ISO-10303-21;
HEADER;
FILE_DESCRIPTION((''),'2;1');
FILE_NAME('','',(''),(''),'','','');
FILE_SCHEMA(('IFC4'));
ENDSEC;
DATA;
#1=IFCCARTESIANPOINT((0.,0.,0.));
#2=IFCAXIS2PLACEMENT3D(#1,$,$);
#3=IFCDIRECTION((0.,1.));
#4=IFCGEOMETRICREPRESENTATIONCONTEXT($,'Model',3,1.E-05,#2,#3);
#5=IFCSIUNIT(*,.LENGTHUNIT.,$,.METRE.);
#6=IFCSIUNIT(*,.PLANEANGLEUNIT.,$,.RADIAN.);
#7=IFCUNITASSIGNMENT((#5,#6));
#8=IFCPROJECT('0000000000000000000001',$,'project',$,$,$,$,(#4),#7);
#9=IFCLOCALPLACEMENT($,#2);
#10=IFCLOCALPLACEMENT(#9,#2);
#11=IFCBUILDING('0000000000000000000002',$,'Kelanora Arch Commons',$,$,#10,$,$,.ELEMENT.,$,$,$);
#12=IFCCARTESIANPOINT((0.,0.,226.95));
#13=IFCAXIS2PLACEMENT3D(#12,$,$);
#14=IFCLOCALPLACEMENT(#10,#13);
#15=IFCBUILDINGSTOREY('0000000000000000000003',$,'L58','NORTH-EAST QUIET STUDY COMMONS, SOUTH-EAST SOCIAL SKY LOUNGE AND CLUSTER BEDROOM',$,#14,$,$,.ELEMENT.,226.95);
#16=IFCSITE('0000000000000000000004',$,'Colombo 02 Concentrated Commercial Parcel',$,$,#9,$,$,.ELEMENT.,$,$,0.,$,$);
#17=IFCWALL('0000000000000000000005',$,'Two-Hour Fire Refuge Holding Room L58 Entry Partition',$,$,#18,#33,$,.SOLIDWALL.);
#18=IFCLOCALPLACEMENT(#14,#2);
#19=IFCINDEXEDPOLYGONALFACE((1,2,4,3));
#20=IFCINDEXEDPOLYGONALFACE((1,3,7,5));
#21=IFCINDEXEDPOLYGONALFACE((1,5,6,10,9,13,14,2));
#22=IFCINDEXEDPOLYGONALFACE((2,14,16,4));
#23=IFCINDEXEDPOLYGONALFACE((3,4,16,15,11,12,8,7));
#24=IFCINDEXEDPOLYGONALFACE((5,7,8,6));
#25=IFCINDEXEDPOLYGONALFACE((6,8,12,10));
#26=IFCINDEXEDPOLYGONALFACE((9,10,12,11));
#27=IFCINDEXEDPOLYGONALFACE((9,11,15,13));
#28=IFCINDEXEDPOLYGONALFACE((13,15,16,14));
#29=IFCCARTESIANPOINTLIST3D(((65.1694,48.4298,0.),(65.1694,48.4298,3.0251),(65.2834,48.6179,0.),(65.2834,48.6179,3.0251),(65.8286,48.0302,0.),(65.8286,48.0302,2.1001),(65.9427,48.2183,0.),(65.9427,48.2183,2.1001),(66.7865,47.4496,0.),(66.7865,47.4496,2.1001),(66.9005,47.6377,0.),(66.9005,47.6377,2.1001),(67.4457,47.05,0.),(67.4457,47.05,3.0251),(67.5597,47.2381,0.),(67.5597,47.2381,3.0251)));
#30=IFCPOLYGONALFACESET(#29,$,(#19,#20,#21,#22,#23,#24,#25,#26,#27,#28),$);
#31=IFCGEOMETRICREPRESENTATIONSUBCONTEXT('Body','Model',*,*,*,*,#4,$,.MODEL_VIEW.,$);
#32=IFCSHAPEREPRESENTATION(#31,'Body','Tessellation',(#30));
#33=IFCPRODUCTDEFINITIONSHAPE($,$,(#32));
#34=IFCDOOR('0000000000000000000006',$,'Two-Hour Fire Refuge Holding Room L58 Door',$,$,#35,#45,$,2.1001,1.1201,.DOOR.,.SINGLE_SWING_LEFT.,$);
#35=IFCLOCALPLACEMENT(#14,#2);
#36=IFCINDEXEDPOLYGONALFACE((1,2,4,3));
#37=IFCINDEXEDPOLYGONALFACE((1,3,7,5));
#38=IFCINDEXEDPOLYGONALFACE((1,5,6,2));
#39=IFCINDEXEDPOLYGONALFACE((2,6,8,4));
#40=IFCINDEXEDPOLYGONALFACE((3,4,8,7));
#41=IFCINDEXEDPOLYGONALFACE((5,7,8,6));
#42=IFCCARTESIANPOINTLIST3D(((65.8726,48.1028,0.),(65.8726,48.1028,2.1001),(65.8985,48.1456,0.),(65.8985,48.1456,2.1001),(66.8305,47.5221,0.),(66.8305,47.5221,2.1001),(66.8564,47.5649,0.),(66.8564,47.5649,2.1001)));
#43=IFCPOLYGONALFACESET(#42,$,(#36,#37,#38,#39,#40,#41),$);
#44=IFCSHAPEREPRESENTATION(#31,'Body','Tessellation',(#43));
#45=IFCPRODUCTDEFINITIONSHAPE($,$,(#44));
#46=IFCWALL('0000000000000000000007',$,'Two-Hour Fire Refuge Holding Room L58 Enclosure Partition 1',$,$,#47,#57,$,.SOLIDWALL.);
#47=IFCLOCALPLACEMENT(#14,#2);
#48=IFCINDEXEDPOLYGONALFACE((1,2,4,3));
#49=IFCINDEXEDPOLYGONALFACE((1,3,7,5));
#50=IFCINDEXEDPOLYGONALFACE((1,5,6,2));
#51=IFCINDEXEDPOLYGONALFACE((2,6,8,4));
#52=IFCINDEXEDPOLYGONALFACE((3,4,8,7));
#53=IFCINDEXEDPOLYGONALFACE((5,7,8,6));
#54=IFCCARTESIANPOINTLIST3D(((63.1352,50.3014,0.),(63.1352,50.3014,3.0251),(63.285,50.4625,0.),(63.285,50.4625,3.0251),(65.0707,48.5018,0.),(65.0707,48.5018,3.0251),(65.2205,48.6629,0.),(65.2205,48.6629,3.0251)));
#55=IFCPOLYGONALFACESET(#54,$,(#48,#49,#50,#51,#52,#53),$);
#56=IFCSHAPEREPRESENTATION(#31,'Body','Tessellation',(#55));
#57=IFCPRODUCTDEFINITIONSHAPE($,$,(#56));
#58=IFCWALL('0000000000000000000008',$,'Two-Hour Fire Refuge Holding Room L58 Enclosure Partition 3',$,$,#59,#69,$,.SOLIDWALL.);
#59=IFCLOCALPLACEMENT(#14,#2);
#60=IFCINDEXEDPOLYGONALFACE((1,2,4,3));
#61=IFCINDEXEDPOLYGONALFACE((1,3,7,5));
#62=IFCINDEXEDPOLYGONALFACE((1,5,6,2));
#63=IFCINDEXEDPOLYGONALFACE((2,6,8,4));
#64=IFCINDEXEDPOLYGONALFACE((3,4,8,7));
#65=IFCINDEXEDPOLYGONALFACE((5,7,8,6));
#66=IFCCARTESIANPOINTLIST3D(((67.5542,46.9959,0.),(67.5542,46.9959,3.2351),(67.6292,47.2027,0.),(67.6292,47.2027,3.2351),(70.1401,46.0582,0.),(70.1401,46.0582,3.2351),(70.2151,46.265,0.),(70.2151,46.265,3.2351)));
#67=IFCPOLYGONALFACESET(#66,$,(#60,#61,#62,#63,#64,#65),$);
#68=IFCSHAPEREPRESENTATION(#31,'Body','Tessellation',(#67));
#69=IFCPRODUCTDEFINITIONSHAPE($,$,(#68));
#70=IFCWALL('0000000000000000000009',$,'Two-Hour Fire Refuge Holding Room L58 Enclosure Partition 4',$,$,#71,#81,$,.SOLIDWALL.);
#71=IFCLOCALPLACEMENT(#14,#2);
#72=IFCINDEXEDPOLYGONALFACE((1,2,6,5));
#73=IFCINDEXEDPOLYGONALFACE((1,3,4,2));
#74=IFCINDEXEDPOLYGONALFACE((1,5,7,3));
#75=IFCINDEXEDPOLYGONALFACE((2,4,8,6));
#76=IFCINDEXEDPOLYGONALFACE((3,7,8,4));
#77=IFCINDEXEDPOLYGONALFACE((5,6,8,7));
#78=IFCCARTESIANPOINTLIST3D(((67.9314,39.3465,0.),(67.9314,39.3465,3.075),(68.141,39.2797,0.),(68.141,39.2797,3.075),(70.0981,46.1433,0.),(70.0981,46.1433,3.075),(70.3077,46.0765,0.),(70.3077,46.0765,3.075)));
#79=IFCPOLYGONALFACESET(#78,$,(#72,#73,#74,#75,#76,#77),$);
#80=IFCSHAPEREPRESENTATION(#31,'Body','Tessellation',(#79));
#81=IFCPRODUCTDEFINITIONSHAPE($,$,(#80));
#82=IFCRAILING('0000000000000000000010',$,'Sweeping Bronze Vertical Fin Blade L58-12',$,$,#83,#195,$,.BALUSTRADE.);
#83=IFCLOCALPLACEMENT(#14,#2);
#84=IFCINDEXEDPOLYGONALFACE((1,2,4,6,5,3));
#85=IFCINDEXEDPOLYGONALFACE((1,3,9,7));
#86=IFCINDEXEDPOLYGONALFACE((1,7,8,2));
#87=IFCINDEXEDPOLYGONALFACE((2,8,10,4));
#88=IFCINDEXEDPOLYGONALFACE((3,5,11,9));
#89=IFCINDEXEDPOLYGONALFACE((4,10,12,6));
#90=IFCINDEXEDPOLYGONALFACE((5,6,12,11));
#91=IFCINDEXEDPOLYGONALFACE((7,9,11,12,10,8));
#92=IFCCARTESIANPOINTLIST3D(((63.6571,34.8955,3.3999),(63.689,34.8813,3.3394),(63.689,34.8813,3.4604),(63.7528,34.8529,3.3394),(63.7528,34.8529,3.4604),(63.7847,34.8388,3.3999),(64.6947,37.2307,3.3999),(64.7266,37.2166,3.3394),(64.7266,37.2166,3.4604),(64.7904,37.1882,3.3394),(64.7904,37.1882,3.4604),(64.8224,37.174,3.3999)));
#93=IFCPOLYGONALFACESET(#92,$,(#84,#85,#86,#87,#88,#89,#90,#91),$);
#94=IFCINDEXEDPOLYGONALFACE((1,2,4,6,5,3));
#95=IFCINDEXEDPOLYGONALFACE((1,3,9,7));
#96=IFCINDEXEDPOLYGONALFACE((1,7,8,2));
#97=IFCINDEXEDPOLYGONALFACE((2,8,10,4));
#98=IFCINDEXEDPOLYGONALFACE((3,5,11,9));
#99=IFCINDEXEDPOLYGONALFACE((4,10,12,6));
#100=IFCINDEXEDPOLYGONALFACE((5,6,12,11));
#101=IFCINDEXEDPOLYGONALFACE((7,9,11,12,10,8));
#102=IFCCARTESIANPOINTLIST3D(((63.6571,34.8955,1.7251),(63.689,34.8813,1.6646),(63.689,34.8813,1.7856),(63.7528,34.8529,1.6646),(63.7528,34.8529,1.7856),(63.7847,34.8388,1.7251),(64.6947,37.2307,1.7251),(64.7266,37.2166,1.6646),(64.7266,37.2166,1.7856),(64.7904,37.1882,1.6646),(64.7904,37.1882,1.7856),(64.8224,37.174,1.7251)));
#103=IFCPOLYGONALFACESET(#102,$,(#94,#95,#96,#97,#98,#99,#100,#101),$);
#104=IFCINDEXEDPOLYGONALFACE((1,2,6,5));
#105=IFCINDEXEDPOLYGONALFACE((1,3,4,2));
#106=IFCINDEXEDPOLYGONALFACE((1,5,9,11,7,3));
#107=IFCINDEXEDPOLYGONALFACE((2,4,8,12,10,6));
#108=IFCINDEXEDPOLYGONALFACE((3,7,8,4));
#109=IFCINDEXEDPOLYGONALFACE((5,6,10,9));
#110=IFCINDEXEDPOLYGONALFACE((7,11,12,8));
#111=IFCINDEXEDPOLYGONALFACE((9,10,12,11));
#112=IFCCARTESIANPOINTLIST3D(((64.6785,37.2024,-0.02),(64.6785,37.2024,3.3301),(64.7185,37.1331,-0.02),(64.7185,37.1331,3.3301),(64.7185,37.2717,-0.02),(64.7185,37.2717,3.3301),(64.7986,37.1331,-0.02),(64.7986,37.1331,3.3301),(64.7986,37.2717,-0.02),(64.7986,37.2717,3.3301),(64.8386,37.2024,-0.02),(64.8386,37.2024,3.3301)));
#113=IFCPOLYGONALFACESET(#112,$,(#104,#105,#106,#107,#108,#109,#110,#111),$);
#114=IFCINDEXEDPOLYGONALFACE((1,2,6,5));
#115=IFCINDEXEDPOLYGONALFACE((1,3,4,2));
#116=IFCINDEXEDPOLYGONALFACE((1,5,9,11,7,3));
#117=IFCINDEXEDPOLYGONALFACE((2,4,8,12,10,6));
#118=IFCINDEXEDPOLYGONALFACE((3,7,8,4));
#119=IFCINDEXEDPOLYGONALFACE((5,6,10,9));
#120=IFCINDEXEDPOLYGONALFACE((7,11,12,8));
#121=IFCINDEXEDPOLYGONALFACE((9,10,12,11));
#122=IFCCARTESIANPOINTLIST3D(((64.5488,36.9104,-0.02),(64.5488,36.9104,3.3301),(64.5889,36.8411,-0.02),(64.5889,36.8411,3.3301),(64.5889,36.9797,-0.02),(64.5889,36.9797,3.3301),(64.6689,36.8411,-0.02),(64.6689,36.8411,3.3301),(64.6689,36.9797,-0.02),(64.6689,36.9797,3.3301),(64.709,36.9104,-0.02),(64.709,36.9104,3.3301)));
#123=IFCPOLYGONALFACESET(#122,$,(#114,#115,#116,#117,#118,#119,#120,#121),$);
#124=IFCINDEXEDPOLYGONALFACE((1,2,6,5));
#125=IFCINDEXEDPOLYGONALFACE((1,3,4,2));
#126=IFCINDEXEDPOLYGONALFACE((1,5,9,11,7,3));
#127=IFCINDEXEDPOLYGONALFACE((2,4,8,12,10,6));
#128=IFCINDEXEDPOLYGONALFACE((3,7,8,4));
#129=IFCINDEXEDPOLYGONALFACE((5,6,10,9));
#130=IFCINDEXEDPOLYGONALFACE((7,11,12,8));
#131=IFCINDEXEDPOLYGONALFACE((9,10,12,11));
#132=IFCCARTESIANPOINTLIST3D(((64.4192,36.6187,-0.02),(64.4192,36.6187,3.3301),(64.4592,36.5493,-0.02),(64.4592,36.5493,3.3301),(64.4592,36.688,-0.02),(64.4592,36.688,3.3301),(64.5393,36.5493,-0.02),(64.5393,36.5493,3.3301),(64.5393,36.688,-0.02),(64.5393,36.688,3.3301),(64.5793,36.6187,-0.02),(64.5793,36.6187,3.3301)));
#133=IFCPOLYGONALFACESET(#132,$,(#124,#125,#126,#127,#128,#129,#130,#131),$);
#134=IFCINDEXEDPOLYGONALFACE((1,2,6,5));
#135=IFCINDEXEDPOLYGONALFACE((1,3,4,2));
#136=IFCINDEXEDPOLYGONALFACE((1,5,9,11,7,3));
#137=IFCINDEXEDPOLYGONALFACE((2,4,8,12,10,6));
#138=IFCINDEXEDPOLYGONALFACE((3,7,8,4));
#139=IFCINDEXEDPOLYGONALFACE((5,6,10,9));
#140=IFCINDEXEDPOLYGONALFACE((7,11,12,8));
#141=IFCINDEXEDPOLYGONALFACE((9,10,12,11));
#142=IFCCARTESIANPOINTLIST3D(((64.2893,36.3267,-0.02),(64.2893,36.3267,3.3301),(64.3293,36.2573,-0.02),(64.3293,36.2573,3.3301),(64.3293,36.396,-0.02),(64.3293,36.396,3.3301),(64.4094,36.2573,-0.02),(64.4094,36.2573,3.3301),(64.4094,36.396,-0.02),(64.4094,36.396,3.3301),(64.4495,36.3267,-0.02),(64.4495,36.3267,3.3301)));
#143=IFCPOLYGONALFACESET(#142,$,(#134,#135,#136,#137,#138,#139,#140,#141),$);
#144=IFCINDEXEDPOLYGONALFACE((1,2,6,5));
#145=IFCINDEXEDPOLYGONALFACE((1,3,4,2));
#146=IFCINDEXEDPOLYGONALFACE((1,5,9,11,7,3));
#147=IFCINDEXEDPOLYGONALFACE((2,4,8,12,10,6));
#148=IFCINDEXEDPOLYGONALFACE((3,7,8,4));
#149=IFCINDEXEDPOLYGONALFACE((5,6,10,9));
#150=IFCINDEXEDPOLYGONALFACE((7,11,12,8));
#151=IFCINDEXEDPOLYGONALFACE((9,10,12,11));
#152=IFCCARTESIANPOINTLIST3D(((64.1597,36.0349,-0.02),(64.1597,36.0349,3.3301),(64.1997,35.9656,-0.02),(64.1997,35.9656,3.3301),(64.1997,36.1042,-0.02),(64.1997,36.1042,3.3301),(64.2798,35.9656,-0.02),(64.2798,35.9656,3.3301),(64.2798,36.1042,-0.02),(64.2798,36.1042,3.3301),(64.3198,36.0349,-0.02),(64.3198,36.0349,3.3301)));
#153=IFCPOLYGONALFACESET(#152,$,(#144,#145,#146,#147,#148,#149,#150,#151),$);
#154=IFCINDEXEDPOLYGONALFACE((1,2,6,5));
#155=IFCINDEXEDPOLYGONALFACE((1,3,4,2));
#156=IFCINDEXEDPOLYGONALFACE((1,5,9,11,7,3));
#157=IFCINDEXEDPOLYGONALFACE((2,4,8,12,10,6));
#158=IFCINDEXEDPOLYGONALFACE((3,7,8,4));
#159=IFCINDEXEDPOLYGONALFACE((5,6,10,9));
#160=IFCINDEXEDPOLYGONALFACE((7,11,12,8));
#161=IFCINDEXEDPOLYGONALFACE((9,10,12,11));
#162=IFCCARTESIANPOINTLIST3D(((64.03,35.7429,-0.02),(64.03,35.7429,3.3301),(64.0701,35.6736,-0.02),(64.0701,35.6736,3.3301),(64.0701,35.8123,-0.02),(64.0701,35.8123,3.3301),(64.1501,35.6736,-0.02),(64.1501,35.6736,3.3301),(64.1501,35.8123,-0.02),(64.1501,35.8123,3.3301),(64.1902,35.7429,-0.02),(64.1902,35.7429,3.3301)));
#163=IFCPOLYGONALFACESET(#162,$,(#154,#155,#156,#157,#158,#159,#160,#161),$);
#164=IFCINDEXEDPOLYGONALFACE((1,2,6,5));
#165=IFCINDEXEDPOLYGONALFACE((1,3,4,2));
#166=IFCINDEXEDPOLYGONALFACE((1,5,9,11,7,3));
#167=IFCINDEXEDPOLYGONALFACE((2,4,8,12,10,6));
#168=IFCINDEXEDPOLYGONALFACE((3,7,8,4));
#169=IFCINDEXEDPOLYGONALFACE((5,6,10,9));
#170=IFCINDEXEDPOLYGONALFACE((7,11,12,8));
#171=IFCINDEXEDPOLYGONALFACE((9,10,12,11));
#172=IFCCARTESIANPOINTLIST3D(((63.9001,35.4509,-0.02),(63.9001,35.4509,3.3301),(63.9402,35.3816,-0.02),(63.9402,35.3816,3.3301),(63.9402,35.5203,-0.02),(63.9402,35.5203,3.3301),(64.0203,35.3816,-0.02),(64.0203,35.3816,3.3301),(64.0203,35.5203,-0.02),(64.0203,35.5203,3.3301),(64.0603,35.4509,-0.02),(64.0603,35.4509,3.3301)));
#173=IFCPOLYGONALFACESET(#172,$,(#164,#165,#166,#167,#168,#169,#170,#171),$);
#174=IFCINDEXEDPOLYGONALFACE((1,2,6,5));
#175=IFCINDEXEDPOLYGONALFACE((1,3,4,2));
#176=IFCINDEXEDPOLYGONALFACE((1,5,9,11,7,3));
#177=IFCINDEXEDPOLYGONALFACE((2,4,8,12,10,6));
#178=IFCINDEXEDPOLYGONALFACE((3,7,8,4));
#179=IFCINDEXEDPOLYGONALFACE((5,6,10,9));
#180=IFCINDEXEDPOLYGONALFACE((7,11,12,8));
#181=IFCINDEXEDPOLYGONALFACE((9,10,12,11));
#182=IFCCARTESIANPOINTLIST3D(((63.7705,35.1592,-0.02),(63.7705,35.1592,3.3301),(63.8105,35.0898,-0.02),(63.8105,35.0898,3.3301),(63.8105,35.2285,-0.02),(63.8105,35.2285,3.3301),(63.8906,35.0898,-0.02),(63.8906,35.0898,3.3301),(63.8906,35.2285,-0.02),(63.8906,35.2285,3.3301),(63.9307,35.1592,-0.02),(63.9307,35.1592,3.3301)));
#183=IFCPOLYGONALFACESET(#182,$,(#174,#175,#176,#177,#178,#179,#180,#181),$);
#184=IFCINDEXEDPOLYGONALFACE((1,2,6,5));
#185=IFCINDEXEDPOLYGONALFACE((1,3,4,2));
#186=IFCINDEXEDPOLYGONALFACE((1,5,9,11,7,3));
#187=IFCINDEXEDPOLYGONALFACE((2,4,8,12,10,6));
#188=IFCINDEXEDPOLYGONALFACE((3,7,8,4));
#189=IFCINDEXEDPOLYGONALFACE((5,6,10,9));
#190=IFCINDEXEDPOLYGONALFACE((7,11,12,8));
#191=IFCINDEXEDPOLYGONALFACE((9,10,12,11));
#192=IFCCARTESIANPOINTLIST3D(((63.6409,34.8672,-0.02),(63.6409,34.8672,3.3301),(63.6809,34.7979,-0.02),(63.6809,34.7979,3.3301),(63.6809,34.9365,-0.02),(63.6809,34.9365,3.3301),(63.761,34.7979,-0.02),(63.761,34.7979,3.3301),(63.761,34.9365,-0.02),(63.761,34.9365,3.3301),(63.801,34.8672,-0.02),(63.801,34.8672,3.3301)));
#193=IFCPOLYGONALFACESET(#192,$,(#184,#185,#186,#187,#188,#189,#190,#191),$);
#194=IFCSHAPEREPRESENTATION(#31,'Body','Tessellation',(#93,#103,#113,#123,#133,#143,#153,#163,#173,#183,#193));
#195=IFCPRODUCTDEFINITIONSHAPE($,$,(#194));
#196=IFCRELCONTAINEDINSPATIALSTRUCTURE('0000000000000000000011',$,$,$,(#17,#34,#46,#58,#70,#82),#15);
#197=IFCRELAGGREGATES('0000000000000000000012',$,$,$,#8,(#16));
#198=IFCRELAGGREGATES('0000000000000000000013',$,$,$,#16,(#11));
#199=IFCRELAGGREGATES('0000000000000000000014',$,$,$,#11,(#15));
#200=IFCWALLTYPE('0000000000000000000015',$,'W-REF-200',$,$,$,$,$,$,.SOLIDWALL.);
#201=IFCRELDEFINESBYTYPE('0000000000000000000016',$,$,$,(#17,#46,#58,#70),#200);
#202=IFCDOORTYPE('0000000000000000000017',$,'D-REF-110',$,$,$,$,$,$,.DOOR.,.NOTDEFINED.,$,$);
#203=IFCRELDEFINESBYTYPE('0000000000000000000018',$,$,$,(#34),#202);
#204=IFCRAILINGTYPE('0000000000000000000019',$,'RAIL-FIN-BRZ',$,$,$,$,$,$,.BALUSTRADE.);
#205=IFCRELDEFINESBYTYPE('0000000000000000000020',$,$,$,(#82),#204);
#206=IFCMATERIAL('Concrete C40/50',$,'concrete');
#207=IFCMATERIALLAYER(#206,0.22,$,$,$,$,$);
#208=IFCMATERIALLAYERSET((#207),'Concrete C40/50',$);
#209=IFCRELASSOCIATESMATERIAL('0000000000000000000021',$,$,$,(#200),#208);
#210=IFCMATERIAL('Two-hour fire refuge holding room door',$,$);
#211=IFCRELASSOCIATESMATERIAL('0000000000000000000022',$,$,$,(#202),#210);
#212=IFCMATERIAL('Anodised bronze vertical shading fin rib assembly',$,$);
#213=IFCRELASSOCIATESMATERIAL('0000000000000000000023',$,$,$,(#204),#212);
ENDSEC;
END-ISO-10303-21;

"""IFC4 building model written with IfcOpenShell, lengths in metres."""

from ifc_helpers import new_model, si_unit, direction, frame, frame_2d, origin, place, context, subcontext, project, spatial, polyline, rectangle, outline, extrude, material, layer, layer_set, type_object, element, fill, save


model = new_model("IFC4")

# Units and contexts
model_context = context("Model", 3, precision=1e-05, world=origin(), true_north=direction((0.0, 1.0)))
body_context = subcontext(model_context, "Body", "Model", "MODEL_VIEW")
ifc_project = project(units=[si_unit("LENGTHUNIT", "METRE"), si_unit("PLANEANGLEUNIT", "RADIAN")], contexts=[model_context])

# Site, building, storey
site_placement = place(None, origin())
site = spatial("IfcSite", under=ifc_project, at=site_placement, Name="Colombo 02 Concentrated Commercial Parcel", CompositionType="ELEMENT", RefElevation=0.0)
building_placement = place(site_placement, origin())
building = spatial("IfcBuilding", under=site, at=building_placement, Name="Kelanora Arch Commons", CompositionType="ELEMENT")
storey_placement = place(building_placement, frame((0.0, 0.0, 226.95)))
storey = spatial("IfcBuildingStorey", under=building, at=storey_placement, Name="L58", Description="NORTH-EAST QUIET STUDY COMMONS, SOUTH-EAST SOCIAL SKY LOUNGE AND CLUSTER BEDROOM", CompositionType="ELEMENT", Elevation=226.95)

# Wall, opening, door
ifc_material_1 = material(Name="Concrete C40/50", Category="concrete")
ifc_layer_1 = layer(ifc_material_1, 0.22)
ifc_layer_set_1 = layer_set([ifc_layer_1], Name="Concrete C40/50")
wall_type_1 = type_object("IfcWallType", Name="W-REF-200", PredefinedType="SOLIDWALL", material=ifc_layer_set_1)
wall_1_placement = place(storey_placement, frame((65.2263, 48.5239, 0.0), z_axis=(0.0, 0.0, 1.0), x_axis=(0.855153, -0.518375, 0.0)))
wall_1 = element("IfcWall", 1, at=wall_1_placement, inside=storey, type_object=wall_type_1, Name="Two-Hour Fire Refuge Holding Room L58 Entry Partition", PredefinedType="SOLIDWALL", context=body_context, shape_type="SweptSolid", body=[
    extrude(rectangle(XDim=2.6619, YDim=0.22, at=frame_2d((1.3311, 0.0))), origin(), (0.0, 0.0, 1.0), 3.0251),
])
opening_1_placement = place(wall_1_placement, frame((0.771, 0.0, 0.0)))
opening_1 = element("IfcOpeningElement", 2, at=opening_1_placement, cuts=wall_1, PredefinedType="OPENING", context=body_context, shape_type="SweptSolid", body=[
    extrude(rectangle(XDim=1.1201, YDim=2.1001, at=frame_2d((0.5601, 1.05))), frame((0.0, 0.1201, 0.0), z_axis=(0.0, -1.0, 0.0), x_axis=(1.0, 0.0, 0.0)), (0.0, 0.0, 1.0), 0.24),
])
ifc_material_2 = material(Name="Two-hour fire refuge holding room door")
door_type = type_object("IfcDoorType", Name="D-REF-110", OperationType="NOTDEFINED", PredefinedType="DOOR", material=ifc_material_2)
door_placement = place(opening_1_placement, origin())
door = element("IfcDoor", 3, at=door_placement, inside=storey, type_object=door_type, Name="Two-Hour Fire Refuge Holding Room L58 Door", OperationType="SINGLE_SWING_LEFT", OverallHeight=2.1001, OverallWidth=1.1201, PredefinedType="DOOR", context=body_context, shape_type="SweptSolid", body=[
    extrude(rectangle(XDim=1.1201, YDim=2.1001, at=frame_2d((0.5601, 1.05))), frame((0.0, 0.0249, 0.0), z_axis=(0.0, -1.0, 0.0), x_axis=(1.0, 0.0, 0.0)), (0.0, 0.0, 1.0), 0.05),
])
fill(opening_1, door)

# Walls
wall_2_placement = place(storey_placement, frame((63.2102, 50.3818, 0.0), z_axis=(0.0, 0.0, 1.0), x_axis=(0.732366, -0.680912, 0.0)))
element("IfcWall", 4, at=wall_2_placement, inside=storey, type_object=wall_type_1, Name="Two-Hour Fire Refuge Holding Room L58 Enclosure Partition 1", PredefinedType="SOLIDWALL", context=body_context, shape_type="SweptSolid", body=[
    extrude(rectangle(XDim=2.6428, YDim=0.22, at=frame_2d((1.3213, 0.0))), origin(), (0.0, 0.0, 1.0), 3.0251),
])
wall_3_placement = place(storey_placement, frame((67.5916, 47.0994, 0.0), z_axis=(0.0, 0.0, 1.0), x_axis=(0.940096, -0.340909, 0.0)))
element("IfcWall", 5, at=wall_3_placement, inside=storey, type_object=wall_type_1, Name="Two-Hour Fire Refuge Holding Room L58 Enclosure Partition 3", PredefinedType="SOLIDWALL", context=body_context, shape_type="SweptSolid", body=[
    extrude(rectangle(XDim=2.7507, YDim=0.22, at=frame_2d((1.3755, 0.0))), origin(), (0.0, 0.0, 1.0), 3.2351),
])
wall_4_placement = place(storey_placement, frame((70.2029, 46.1099, 0.0), z_axis=(0.0, 0.0, 1.0), x_axis=(-0.303726, -0.952759, 0.0)))
element("IfcWall", 6, at=wall_4_placement, inside=storey, type_object=wall_type_1, Name="Two-Hour Fire Refuge Holding Room L58 Enclosure Partition 4", PredefinedType="SOLIDWALL", context=body_context, shape_type="SweptSolid", body=[
    extrude(rectangle(XDim=7.1338, YDim=0.22, at=frame_2d((3.5669, 0.0))), origin(), (0.0, 0.0, 1.0), 3.075),
])

# Railing
ifc_material_3 = material(Name="Anodised bronze vertical shading fin rib assembly")
railing_type = type_object("IfcRailingType", Name="RAIL-FIN-BRZ", PredefinedType="BALUSTRADE", material=ifc_material_3)
railing_placement = place(storey_placement, frame((64.7585, 37.2024, -0.02)))
element("IfcRailing", 7, at=railing_placement, inside=storey, type_object=railing_type, Name="Sweeping Bronze Vertical Fin Blade L58-12", PredefinedType="BALUSTRADE", context=body_context, shape_type="SweptSolid", body=[
    extrude(outline(polyline([(0.0698, 0.0), (0.0349, 0.0605), (-0.0349, 0.0605), (-0.0698, 0.0), (-0.0349, -0.0605), (0.0349, -0.0605), (0.0698, 0.0)])), frame((0.0, 0.0, 3.4199), z_axis=(-0.40605, -0.913851, 0.0), x_axis=(0.913851, -0.40605, 0.0)), (0.0, 0.0, 1.0), 2.5554),
    extrude(outline(polyline([(0.0698, 0.0), (0.0349, 0.0605), (-0.0349, 0.0605), (-0.0698, 0.0), (-0.0349, -0.0605), (0.0349, -0.0605), (0.0698, 0.0)])), frame((0.0, 0.0, 1.7451), z_axis=(-0.40605, -0.913851, 0.0), x_axis=(0.913851, -0.40605, 0.0)), (0.0, 0.0, 1.0), 2.5554),
    extrude(outline(polyline([(0.0801, 0.0), (0.04, 0.0693), (-0.04, 0.0693), (-0.0801, 0.0), (-0.04, -0.0693), (0.04, -0.0693), (0.0801, 0.0)])), origin(), (0.0, 0.0, 1.0), 3.3501),
    extrude(outline(polyline([(0.0801, 0.0), (0.04, 0.0693), (-0.04, 0.0693), (-0.0801, 0.0), (-0.04, -0.0693), (0.04, -0.0693), (0.0801, 0.0)])), frame((-0.1296, -0.292, 0.0)), (0.0, 0.0, 1.0), 3.3501),
    extrude(outline(polyline([(0.0801, 0.0), (0.04, 0.0693), (-0.04, 0.0693), (-0.0801, 0.0), (-0.04, -0.0693), (0.04, -0.0693), (0.0801, 0.0)])), frame((-0.2593, -0.5837, 0.0)), (0.0, 0.0, 1.0), 3.3501),
    extrude(outline(polyline([(0.0801, 0.0), (0.04, 0.0693), (-0.04, 0.0693), (-0.0801, 0.0), (-0.04, -0.0693), (0.04, -0.0693), (0.0801, 0.0)])), frame((-0.3892, -0.8757, 0.0)), (0.0, 0.0, 1.0), 3.3501),
    extrude(outline(polyline([(0.0801, 0.0), (0.04, 0.0693), (-0.04, 0.0693), (-0.0801, 0.0), (-0.04, -0.0693), (0.04, -0.0693), (0.0801, 0.0)])), frame((-0.5188, -1.1675, 0.0)), (0.0, 0.0, 1.0), 3.3501),
    extrude(outline(polyline([(0.0801, 0.0), (0.04, 0.0693), (-0.04, 0.0693), (-0.0801, 0.0), (-0.04, -0.0693), (0.04, -0.0693), (0.0801, 0.0)])), frame((-0.6484, -1.4595, 0.0)), (0.0, 0.0, 1.0), 3.3501),
    extrude(outline(polyline([(0.0801, 0.0), (0.04, 0.0693), (-0.04, 0.0693), (-0.0801, 0.0), (-0.04, -0.0693), (0.04, -0.0693), (0.0801, 0.0)])), frame((-0.7783, -1.7515, 0.0)), (0.0, 0.0, 1.0), 3.3501),
    extrude(outline(polyline([(0.0801, 0.0), (0.04, 0.0693), (-0.04, 0.0693), (-0.0801, 0.0), (-0.04, -0.0693), (0.04, -0.0693), (0.0801, 0.0)])), frame((-0.908, -2.0432, 0.0)), (0.0, 0.0, 1.0), 3.3501),
    extrude(outline(polyline([(0.0801, 0.0), (0.04, 0.0693), (-0.04, 0.0693), (-0.0801, 0.0), (-0.04, -0.0693), (0.04, -0.0693), (0.0801, 0.0)])), frame((-1.0376, -2.3352, 0.0)), (0.0, 0.0, 1.0), 3.3501),
])

save(model, "model.ifc")
